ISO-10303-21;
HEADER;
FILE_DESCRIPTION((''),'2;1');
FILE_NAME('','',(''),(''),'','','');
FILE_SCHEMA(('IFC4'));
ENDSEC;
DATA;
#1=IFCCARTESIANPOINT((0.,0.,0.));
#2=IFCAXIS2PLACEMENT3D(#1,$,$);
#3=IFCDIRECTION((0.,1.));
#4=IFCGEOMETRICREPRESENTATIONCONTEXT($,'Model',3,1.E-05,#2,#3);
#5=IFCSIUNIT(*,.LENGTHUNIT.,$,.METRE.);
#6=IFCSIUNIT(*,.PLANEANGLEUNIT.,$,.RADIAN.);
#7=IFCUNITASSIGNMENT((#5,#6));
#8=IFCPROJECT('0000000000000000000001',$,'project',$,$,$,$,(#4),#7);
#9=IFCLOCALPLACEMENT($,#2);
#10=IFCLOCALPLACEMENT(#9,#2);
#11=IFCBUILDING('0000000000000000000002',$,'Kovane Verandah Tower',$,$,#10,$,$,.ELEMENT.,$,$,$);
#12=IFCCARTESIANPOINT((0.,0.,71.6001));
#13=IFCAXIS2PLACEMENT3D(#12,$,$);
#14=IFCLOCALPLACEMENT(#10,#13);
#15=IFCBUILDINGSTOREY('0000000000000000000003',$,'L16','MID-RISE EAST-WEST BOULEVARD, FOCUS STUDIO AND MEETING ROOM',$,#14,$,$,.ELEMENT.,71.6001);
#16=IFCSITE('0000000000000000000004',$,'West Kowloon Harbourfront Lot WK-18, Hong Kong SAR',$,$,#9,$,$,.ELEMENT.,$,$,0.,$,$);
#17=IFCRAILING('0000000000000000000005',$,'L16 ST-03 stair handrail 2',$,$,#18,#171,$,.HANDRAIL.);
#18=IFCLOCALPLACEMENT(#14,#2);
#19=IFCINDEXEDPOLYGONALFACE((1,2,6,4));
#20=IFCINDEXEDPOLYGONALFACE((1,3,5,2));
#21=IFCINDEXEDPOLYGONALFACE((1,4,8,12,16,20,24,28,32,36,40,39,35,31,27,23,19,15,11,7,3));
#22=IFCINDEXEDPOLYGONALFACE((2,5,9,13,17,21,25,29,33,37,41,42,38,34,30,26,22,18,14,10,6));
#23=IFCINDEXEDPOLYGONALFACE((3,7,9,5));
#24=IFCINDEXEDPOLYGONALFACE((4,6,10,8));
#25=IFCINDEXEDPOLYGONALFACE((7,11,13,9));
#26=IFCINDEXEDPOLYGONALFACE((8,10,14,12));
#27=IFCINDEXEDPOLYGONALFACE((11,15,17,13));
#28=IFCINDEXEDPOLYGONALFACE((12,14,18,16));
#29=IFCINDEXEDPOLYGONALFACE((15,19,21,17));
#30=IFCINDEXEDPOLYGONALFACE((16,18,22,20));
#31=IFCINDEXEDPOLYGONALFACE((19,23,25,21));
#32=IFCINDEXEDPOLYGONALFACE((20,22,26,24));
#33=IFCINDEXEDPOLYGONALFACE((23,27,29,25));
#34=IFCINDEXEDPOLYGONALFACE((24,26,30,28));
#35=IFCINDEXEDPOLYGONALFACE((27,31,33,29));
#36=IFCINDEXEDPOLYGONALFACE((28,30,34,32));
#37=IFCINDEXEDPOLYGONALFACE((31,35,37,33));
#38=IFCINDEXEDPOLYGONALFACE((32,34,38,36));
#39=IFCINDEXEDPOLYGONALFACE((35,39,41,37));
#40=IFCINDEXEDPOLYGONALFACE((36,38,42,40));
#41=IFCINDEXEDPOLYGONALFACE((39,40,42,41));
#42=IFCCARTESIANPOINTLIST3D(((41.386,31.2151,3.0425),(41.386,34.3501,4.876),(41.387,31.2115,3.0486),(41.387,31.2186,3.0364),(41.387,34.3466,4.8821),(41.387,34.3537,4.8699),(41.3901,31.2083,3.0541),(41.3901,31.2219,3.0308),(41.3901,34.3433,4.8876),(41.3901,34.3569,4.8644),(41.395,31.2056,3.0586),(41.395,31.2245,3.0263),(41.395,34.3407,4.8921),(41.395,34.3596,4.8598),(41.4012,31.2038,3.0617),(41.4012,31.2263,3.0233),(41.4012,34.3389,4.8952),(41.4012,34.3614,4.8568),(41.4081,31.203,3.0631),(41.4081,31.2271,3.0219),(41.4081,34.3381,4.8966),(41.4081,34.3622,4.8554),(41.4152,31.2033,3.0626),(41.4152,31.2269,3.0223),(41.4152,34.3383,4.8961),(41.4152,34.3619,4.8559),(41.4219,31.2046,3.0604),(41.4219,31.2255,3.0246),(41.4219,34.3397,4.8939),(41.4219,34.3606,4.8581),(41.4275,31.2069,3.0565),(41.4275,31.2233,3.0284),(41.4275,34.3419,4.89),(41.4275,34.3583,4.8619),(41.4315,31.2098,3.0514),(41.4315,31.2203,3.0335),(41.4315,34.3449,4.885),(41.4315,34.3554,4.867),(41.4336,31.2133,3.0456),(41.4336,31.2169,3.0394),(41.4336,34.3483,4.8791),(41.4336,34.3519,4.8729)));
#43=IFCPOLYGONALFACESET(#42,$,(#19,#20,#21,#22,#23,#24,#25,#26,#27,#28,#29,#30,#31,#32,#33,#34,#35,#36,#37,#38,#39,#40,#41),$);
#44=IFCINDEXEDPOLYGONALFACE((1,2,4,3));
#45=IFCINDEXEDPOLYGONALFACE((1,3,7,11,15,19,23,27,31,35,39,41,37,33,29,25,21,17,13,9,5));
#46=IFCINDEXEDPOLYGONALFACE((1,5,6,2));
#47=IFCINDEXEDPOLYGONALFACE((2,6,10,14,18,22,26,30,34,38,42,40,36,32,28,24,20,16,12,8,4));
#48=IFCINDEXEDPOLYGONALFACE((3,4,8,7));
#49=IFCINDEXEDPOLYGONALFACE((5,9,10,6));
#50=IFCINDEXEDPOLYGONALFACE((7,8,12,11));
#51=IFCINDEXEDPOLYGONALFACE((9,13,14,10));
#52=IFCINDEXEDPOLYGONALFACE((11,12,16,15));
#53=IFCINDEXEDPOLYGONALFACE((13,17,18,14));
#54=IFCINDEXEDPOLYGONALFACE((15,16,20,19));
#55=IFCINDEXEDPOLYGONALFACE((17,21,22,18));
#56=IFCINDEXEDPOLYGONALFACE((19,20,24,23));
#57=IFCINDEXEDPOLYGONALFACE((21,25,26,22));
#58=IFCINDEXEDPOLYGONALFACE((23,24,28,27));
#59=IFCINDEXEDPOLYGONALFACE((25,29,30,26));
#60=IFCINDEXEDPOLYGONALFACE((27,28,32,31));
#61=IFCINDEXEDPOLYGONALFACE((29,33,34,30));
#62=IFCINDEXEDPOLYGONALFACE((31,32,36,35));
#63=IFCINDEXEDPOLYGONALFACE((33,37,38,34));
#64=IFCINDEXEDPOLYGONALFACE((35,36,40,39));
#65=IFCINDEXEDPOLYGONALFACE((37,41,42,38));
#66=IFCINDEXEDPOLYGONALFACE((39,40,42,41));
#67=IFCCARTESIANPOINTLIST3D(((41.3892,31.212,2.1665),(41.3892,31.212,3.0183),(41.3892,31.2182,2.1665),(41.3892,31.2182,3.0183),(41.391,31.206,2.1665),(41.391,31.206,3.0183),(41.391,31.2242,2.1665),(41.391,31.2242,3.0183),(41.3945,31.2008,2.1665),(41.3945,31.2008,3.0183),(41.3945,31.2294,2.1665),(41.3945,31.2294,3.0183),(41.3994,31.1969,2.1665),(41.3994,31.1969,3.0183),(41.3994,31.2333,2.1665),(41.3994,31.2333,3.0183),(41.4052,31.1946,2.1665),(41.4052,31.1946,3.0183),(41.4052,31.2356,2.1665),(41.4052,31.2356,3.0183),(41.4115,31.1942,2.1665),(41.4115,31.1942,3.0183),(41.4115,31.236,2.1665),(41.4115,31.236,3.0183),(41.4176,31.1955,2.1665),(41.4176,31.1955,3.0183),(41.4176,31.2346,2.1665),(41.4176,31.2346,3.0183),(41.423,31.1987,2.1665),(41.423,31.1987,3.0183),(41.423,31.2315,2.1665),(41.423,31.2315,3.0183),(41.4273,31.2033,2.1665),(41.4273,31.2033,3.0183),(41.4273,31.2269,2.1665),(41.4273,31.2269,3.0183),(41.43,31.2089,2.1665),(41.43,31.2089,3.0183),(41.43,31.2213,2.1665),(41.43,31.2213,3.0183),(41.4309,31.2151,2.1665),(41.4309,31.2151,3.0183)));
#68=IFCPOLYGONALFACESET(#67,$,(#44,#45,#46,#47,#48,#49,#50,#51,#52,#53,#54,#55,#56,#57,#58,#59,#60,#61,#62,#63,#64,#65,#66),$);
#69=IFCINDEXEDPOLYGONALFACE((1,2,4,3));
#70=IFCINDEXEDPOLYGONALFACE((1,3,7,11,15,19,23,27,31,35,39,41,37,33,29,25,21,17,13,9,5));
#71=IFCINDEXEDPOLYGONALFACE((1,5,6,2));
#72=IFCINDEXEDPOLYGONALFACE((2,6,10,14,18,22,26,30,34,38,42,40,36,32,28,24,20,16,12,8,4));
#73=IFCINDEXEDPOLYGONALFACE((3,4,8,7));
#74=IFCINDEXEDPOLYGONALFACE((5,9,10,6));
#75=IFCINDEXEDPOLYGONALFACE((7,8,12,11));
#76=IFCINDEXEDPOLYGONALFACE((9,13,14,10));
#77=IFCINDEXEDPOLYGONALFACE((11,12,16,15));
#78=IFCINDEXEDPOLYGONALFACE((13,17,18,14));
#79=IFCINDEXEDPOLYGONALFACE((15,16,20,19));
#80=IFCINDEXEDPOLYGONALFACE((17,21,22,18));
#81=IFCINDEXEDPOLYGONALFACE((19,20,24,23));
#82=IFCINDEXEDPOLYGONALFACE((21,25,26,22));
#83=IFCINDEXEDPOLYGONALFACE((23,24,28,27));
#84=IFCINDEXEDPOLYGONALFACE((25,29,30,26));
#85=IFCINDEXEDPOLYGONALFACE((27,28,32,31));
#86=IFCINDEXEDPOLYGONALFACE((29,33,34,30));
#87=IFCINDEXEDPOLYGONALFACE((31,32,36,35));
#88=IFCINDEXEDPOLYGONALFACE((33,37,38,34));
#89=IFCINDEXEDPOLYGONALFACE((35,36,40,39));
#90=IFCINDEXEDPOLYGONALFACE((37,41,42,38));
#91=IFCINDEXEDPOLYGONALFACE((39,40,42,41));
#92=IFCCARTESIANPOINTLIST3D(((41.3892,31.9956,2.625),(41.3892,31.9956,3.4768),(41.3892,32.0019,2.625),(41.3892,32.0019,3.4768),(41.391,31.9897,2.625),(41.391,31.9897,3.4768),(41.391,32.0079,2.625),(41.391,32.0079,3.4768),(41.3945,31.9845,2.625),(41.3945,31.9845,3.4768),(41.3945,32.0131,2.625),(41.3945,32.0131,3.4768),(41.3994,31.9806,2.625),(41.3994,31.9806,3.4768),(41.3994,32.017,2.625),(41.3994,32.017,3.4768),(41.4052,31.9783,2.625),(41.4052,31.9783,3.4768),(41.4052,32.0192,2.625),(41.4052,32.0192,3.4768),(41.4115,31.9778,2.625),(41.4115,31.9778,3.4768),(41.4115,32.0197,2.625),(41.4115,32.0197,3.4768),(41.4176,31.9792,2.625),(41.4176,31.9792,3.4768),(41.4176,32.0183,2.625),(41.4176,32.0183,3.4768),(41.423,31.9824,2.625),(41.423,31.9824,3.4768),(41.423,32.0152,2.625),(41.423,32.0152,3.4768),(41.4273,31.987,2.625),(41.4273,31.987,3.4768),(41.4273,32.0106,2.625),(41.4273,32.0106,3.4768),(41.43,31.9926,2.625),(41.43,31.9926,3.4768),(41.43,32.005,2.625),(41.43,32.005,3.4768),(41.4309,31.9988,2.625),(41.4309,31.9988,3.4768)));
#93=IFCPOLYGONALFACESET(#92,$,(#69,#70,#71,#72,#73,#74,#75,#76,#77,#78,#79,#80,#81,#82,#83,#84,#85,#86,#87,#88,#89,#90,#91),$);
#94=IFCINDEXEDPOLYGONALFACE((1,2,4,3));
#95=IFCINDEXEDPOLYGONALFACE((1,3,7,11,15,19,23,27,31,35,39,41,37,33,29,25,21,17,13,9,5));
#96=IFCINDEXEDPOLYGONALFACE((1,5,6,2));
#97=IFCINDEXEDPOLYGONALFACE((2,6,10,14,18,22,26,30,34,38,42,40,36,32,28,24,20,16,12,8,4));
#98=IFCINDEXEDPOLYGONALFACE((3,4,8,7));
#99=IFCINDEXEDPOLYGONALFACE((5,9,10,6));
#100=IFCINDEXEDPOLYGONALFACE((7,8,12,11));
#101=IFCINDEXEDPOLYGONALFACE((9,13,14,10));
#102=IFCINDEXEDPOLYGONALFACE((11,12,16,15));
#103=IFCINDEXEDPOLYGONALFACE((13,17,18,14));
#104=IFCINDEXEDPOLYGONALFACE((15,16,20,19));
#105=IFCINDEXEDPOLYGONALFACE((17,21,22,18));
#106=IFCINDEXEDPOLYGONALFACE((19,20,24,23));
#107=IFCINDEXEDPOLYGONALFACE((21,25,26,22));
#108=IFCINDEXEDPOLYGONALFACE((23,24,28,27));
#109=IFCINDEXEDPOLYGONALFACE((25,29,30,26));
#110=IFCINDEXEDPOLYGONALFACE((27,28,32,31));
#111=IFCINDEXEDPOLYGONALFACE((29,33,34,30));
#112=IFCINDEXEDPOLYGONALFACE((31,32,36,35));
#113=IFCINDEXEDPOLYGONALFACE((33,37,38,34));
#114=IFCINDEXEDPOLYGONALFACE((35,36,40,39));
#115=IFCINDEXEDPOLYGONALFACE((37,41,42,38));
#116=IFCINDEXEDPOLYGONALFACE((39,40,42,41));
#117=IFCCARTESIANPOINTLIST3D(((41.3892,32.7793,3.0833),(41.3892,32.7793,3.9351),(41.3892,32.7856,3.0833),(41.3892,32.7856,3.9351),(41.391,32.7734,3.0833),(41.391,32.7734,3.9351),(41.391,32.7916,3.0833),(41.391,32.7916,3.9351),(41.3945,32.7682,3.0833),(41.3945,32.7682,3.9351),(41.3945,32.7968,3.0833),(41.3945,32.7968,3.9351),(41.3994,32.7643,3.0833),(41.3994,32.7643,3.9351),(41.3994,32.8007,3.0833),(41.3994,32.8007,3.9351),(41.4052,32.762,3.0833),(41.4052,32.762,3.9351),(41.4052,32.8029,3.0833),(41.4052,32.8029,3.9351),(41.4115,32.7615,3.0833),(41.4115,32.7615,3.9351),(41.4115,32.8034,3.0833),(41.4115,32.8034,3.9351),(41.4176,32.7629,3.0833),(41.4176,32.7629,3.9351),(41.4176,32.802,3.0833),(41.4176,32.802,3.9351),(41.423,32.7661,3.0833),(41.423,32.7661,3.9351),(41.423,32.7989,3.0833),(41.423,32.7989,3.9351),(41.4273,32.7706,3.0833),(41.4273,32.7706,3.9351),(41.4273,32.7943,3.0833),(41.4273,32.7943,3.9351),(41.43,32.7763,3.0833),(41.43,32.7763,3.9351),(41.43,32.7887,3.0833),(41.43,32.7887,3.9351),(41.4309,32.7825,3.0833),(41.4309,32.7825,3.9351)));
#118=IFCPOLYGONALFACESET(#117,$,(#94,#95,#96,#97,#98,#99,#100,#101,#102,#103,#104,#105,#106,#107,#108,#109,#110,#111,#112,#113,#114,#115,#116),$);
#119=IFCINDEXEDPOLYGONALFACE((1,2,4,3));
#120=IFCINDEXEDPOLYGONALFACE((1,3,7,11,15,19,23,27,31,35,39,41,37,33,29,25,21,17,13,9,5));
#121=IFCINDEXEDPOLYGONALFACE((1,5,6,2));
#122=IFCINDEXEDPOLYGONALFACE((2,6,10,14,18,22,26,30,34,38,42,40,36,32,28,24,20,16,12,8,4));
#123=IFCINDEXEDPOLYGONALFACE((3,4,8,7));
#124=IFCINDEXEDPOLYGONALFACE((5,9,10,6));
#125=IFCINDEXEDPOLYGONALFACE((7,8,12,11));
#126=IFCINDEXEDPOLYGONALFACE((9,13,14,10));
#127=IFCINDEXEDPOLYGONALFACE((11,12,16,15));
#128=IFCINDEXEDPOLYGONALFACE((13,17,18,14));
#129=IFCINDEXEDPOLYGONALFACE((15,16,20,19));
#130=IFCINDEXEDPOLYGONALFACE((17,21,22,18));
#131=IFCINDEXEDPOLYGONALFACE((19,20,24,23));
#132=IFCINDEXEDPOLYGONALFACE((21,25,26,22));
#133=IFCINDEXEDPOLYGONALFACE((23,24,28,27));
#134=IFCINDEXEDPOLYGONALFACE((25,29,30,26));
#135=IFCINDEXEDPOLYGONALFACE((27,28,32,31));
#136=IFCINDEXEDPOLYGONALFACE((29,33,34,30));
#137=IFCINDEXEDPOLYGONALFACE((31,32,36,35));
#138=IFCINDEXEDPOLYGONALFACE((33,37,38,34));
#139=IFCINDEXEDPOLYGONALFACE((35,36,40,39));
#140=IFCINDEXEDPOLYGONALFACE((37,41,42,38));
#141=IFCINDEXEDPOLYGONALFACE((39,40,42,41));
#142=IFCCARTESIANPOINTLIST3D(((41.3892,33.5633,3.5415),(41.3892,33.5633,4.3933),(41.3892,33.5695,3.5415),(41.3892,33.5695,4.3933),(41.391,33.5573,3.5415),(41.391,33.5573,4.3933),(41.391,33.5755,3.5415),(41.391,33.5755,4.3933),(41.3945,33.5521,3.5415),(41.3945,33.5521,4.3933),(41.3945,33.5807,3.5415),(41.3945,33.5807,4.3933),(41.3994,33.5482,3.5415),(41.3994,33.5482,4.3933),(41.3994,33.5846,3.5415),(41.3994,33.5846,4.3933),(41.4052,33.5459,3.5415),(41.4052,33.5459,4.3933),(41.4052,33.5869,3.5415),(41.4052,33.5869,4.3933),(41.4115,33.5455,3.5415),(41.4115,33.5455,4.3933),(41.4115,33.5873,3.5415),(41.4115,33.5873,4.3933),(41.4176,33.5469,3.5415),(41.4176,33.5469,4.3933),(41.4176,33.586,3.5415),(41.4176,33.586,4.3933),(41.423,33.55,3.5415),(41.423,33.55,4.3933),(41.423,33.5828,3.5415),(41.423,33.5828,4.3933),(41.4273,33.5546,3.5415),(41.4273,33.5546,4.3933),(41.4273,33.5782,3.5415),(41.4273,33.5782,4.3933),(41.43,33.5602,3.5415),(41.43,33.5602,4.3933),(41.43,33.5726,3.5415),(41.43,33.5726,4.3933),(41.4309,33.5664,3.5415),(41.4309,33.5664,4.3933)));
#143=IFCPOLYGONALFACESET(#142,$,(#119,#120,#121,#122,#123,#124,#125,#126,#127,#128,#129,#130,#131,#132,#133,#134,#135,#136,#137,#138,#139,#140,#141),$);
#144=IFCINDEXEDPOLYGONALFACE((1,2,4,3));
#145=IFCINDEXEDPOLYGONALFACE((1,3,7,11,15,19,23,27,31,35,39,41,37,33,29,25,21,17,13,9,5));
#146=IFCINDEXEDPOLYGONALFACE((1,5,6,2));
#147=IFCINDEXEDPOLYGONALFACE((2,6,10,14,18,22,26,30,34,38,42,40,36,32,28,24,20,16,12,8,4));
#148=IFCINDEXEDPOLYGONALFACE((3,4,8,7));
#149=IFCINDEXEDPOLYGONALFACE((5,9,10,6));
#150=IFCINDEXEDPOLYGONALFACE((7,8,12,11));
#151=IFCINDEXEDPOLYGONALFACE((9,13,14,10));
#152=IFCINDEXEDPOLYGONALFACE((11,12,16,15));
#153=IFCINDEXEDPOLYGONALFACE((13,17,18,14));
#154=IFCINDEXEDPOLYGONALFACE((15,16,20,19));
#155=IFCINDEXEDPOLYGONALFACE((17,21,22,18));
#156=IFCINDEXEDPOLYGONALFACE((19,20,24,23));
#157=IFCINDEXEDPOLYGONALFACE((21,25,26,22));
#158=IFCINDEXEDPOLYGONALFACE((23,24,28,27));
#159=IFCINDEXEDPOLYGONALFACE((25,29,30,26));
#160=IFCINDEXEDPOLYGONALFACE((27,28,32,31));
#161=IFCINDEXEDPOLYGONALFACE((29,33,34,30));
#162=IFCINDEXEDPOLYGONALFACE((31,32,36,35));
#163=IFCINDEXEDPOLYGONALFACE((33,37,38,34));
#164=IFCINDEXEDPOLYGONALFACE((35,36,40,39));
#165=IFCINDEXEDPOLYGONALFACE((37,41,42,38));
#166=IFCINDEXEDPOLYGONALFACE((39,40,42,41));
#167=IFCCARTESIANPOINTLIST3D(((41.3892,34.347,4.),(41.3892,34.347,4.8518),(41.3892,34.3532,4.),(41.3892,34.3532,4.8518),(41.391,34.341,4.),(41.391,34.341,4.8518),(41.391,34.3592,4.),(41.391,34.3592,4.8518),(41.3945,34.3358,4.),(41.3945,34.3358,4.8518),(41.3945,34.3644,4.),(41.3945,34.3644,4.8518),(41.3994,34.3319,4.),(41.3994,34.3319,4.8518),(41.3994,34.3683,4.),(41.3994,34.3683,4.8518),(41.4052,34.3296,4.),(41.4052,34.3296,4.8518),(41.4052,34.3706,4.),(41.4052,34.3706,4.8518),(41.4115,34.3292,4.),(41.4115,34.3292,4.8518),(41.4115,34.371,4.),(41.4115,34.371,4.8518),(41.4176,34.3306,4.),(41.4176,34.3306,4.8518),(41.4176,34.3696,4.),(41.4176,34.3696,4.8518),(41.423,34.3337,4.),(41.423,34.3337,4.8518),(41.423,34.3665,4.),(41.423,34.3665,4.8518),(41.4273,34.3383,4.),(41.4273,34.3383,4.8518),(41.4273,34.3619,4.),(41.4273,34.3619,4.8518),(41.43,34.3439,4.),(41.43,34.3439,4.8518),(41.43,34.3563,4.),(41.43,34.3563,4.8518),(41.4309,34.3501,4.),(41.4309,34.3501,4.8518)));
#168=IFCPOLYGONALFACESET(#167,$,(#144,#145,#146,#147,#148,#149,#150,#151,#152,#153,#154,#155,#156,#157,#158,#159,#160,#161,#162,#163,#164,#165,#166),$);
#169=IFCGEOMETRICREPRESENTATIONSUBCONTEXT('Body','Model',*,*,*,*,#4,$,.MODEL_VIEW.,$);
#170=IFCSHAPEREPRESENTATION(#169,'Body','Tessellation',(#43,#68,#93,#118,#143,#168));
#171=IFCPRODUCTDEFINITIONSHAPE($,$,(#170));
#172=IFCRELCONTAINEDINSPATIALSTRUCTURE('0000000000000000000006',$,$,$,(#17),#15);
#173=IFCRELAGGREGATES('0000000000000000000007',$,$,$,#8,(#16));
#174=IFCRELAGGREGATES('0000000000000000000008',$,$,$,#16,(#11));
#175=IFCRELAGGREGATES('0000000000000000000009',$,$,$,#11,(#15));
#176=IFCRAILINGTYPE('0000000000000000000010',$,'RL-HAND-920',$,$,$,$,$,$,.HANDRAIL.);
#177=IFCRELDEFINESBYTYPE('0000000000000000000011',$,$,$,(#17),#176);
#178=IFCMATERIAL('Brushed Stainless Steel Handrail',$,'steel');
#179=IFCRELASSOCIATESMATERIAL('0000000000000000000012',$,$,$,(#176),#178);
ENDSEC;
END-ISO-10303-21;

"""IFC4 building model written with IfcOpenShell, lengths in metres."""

from ifc_helpers import new_model, si_unit, direction, frame, origin, origin_2d, place, context, subcontext, project, spatial, circle, extrude, material, type_object, element, save


model = new_model("IFC4")

# Units and contexts
model_context = context("Model", 3, precision=1e-05, world=origin(), true_north=direction((0.0, 1.0)))
body_context = subcontext(model_context, "Body", "Model", "MODEL_VIEW")
ifc_project = project(units=[si_unit("LENGTHUNIT", "METRE"), si_unit("PLANEANGLEUNIT", "RADIAN")], contexts=[model_context])

# Site, building, storey
site_placement = place(None, origin())
site = spatial("IfcSite", under=ifc_project, at=site_placement, Name="West Kowloon Harbourfront Lot WK-18, Hong Kong SAR", CompositionType="ELEMENT", RefElevation=0.0)
building_placement = place(site_placement, origin())
building = spatial("IfcBuilding", under=site, at=building_placement, Name="Kovane Verandah Tower", CompositionType="ELEMENT")
storey_placement = place(building_placement, frame((0.0, 0.0, 71.6001)))
storey = spatial("IfcBuildingStorey", under=building, at=storey_placement, Name="L16", Description="MID-RISE EAST-WEST BOULEVARD, FOCUS STUDIO AND MEETING ROOM", CompositionType="ELEMENT", Elevation=71.6001)

# Railing
ifc_material_1 = material(Name="Brushed Stainless Steel Handrail", Category="steel")
railing_type_1 = type_object("IfcRailingType", Name="RL-HAND-920", PredefinedType="HANDRAIL", material=ifc_material_1)
railing_1_placement = place(storey_placement, frame((41.4099, 31.2151, 2.1665)))
element("IfcRailing", 1, at=railing_1_placement, inside=storey, type_object=railing_type_1, Name="L16 ST-03 stair handrail 2", PredefinedType="HANDRAIL", context=body_context, shape_type="SweptSolid", body=[
    extrude(circle(Radius=0.0239, at=origin_2d()), frame((0.0, 0.0, 0.876), z_axis=(0.0, 0.86321, 0.504845), x_axis=(-1.0, 0.0, 0.0)), (0.0, 0.0, 1.0), 3.6318),
    extrude(circle(Radius=0.021, at=origin_2d()), origin(), (0.0, 0.0, 1.0), 0.8518),
    extrude(circle(Radius=0.021, at=origin_2d()), frame((0.0, 0.7837, 0.4585)), (0.0, 0.0, 1.0), 0.8518),
    extrude(circle(Radius=0.021, at=origin_2d()), frame((0.0, 1.5674, 0.9167)), (0.0, 0.0, 1.0), 0.8518),
    extrude(circle(Radius=0.021, at=origin_2d()), frame((0.0, 2.3513, 1.375)), (0.0, 0.0, 1.0), 0.8518),
    extrude(circle(Radius=0.021, at=origin_2d()), frame((0.0, 3.135, 1.8335)), (0.0, 0.0, 1.0), 0.8518),
])

save(model, "model.ifc")
